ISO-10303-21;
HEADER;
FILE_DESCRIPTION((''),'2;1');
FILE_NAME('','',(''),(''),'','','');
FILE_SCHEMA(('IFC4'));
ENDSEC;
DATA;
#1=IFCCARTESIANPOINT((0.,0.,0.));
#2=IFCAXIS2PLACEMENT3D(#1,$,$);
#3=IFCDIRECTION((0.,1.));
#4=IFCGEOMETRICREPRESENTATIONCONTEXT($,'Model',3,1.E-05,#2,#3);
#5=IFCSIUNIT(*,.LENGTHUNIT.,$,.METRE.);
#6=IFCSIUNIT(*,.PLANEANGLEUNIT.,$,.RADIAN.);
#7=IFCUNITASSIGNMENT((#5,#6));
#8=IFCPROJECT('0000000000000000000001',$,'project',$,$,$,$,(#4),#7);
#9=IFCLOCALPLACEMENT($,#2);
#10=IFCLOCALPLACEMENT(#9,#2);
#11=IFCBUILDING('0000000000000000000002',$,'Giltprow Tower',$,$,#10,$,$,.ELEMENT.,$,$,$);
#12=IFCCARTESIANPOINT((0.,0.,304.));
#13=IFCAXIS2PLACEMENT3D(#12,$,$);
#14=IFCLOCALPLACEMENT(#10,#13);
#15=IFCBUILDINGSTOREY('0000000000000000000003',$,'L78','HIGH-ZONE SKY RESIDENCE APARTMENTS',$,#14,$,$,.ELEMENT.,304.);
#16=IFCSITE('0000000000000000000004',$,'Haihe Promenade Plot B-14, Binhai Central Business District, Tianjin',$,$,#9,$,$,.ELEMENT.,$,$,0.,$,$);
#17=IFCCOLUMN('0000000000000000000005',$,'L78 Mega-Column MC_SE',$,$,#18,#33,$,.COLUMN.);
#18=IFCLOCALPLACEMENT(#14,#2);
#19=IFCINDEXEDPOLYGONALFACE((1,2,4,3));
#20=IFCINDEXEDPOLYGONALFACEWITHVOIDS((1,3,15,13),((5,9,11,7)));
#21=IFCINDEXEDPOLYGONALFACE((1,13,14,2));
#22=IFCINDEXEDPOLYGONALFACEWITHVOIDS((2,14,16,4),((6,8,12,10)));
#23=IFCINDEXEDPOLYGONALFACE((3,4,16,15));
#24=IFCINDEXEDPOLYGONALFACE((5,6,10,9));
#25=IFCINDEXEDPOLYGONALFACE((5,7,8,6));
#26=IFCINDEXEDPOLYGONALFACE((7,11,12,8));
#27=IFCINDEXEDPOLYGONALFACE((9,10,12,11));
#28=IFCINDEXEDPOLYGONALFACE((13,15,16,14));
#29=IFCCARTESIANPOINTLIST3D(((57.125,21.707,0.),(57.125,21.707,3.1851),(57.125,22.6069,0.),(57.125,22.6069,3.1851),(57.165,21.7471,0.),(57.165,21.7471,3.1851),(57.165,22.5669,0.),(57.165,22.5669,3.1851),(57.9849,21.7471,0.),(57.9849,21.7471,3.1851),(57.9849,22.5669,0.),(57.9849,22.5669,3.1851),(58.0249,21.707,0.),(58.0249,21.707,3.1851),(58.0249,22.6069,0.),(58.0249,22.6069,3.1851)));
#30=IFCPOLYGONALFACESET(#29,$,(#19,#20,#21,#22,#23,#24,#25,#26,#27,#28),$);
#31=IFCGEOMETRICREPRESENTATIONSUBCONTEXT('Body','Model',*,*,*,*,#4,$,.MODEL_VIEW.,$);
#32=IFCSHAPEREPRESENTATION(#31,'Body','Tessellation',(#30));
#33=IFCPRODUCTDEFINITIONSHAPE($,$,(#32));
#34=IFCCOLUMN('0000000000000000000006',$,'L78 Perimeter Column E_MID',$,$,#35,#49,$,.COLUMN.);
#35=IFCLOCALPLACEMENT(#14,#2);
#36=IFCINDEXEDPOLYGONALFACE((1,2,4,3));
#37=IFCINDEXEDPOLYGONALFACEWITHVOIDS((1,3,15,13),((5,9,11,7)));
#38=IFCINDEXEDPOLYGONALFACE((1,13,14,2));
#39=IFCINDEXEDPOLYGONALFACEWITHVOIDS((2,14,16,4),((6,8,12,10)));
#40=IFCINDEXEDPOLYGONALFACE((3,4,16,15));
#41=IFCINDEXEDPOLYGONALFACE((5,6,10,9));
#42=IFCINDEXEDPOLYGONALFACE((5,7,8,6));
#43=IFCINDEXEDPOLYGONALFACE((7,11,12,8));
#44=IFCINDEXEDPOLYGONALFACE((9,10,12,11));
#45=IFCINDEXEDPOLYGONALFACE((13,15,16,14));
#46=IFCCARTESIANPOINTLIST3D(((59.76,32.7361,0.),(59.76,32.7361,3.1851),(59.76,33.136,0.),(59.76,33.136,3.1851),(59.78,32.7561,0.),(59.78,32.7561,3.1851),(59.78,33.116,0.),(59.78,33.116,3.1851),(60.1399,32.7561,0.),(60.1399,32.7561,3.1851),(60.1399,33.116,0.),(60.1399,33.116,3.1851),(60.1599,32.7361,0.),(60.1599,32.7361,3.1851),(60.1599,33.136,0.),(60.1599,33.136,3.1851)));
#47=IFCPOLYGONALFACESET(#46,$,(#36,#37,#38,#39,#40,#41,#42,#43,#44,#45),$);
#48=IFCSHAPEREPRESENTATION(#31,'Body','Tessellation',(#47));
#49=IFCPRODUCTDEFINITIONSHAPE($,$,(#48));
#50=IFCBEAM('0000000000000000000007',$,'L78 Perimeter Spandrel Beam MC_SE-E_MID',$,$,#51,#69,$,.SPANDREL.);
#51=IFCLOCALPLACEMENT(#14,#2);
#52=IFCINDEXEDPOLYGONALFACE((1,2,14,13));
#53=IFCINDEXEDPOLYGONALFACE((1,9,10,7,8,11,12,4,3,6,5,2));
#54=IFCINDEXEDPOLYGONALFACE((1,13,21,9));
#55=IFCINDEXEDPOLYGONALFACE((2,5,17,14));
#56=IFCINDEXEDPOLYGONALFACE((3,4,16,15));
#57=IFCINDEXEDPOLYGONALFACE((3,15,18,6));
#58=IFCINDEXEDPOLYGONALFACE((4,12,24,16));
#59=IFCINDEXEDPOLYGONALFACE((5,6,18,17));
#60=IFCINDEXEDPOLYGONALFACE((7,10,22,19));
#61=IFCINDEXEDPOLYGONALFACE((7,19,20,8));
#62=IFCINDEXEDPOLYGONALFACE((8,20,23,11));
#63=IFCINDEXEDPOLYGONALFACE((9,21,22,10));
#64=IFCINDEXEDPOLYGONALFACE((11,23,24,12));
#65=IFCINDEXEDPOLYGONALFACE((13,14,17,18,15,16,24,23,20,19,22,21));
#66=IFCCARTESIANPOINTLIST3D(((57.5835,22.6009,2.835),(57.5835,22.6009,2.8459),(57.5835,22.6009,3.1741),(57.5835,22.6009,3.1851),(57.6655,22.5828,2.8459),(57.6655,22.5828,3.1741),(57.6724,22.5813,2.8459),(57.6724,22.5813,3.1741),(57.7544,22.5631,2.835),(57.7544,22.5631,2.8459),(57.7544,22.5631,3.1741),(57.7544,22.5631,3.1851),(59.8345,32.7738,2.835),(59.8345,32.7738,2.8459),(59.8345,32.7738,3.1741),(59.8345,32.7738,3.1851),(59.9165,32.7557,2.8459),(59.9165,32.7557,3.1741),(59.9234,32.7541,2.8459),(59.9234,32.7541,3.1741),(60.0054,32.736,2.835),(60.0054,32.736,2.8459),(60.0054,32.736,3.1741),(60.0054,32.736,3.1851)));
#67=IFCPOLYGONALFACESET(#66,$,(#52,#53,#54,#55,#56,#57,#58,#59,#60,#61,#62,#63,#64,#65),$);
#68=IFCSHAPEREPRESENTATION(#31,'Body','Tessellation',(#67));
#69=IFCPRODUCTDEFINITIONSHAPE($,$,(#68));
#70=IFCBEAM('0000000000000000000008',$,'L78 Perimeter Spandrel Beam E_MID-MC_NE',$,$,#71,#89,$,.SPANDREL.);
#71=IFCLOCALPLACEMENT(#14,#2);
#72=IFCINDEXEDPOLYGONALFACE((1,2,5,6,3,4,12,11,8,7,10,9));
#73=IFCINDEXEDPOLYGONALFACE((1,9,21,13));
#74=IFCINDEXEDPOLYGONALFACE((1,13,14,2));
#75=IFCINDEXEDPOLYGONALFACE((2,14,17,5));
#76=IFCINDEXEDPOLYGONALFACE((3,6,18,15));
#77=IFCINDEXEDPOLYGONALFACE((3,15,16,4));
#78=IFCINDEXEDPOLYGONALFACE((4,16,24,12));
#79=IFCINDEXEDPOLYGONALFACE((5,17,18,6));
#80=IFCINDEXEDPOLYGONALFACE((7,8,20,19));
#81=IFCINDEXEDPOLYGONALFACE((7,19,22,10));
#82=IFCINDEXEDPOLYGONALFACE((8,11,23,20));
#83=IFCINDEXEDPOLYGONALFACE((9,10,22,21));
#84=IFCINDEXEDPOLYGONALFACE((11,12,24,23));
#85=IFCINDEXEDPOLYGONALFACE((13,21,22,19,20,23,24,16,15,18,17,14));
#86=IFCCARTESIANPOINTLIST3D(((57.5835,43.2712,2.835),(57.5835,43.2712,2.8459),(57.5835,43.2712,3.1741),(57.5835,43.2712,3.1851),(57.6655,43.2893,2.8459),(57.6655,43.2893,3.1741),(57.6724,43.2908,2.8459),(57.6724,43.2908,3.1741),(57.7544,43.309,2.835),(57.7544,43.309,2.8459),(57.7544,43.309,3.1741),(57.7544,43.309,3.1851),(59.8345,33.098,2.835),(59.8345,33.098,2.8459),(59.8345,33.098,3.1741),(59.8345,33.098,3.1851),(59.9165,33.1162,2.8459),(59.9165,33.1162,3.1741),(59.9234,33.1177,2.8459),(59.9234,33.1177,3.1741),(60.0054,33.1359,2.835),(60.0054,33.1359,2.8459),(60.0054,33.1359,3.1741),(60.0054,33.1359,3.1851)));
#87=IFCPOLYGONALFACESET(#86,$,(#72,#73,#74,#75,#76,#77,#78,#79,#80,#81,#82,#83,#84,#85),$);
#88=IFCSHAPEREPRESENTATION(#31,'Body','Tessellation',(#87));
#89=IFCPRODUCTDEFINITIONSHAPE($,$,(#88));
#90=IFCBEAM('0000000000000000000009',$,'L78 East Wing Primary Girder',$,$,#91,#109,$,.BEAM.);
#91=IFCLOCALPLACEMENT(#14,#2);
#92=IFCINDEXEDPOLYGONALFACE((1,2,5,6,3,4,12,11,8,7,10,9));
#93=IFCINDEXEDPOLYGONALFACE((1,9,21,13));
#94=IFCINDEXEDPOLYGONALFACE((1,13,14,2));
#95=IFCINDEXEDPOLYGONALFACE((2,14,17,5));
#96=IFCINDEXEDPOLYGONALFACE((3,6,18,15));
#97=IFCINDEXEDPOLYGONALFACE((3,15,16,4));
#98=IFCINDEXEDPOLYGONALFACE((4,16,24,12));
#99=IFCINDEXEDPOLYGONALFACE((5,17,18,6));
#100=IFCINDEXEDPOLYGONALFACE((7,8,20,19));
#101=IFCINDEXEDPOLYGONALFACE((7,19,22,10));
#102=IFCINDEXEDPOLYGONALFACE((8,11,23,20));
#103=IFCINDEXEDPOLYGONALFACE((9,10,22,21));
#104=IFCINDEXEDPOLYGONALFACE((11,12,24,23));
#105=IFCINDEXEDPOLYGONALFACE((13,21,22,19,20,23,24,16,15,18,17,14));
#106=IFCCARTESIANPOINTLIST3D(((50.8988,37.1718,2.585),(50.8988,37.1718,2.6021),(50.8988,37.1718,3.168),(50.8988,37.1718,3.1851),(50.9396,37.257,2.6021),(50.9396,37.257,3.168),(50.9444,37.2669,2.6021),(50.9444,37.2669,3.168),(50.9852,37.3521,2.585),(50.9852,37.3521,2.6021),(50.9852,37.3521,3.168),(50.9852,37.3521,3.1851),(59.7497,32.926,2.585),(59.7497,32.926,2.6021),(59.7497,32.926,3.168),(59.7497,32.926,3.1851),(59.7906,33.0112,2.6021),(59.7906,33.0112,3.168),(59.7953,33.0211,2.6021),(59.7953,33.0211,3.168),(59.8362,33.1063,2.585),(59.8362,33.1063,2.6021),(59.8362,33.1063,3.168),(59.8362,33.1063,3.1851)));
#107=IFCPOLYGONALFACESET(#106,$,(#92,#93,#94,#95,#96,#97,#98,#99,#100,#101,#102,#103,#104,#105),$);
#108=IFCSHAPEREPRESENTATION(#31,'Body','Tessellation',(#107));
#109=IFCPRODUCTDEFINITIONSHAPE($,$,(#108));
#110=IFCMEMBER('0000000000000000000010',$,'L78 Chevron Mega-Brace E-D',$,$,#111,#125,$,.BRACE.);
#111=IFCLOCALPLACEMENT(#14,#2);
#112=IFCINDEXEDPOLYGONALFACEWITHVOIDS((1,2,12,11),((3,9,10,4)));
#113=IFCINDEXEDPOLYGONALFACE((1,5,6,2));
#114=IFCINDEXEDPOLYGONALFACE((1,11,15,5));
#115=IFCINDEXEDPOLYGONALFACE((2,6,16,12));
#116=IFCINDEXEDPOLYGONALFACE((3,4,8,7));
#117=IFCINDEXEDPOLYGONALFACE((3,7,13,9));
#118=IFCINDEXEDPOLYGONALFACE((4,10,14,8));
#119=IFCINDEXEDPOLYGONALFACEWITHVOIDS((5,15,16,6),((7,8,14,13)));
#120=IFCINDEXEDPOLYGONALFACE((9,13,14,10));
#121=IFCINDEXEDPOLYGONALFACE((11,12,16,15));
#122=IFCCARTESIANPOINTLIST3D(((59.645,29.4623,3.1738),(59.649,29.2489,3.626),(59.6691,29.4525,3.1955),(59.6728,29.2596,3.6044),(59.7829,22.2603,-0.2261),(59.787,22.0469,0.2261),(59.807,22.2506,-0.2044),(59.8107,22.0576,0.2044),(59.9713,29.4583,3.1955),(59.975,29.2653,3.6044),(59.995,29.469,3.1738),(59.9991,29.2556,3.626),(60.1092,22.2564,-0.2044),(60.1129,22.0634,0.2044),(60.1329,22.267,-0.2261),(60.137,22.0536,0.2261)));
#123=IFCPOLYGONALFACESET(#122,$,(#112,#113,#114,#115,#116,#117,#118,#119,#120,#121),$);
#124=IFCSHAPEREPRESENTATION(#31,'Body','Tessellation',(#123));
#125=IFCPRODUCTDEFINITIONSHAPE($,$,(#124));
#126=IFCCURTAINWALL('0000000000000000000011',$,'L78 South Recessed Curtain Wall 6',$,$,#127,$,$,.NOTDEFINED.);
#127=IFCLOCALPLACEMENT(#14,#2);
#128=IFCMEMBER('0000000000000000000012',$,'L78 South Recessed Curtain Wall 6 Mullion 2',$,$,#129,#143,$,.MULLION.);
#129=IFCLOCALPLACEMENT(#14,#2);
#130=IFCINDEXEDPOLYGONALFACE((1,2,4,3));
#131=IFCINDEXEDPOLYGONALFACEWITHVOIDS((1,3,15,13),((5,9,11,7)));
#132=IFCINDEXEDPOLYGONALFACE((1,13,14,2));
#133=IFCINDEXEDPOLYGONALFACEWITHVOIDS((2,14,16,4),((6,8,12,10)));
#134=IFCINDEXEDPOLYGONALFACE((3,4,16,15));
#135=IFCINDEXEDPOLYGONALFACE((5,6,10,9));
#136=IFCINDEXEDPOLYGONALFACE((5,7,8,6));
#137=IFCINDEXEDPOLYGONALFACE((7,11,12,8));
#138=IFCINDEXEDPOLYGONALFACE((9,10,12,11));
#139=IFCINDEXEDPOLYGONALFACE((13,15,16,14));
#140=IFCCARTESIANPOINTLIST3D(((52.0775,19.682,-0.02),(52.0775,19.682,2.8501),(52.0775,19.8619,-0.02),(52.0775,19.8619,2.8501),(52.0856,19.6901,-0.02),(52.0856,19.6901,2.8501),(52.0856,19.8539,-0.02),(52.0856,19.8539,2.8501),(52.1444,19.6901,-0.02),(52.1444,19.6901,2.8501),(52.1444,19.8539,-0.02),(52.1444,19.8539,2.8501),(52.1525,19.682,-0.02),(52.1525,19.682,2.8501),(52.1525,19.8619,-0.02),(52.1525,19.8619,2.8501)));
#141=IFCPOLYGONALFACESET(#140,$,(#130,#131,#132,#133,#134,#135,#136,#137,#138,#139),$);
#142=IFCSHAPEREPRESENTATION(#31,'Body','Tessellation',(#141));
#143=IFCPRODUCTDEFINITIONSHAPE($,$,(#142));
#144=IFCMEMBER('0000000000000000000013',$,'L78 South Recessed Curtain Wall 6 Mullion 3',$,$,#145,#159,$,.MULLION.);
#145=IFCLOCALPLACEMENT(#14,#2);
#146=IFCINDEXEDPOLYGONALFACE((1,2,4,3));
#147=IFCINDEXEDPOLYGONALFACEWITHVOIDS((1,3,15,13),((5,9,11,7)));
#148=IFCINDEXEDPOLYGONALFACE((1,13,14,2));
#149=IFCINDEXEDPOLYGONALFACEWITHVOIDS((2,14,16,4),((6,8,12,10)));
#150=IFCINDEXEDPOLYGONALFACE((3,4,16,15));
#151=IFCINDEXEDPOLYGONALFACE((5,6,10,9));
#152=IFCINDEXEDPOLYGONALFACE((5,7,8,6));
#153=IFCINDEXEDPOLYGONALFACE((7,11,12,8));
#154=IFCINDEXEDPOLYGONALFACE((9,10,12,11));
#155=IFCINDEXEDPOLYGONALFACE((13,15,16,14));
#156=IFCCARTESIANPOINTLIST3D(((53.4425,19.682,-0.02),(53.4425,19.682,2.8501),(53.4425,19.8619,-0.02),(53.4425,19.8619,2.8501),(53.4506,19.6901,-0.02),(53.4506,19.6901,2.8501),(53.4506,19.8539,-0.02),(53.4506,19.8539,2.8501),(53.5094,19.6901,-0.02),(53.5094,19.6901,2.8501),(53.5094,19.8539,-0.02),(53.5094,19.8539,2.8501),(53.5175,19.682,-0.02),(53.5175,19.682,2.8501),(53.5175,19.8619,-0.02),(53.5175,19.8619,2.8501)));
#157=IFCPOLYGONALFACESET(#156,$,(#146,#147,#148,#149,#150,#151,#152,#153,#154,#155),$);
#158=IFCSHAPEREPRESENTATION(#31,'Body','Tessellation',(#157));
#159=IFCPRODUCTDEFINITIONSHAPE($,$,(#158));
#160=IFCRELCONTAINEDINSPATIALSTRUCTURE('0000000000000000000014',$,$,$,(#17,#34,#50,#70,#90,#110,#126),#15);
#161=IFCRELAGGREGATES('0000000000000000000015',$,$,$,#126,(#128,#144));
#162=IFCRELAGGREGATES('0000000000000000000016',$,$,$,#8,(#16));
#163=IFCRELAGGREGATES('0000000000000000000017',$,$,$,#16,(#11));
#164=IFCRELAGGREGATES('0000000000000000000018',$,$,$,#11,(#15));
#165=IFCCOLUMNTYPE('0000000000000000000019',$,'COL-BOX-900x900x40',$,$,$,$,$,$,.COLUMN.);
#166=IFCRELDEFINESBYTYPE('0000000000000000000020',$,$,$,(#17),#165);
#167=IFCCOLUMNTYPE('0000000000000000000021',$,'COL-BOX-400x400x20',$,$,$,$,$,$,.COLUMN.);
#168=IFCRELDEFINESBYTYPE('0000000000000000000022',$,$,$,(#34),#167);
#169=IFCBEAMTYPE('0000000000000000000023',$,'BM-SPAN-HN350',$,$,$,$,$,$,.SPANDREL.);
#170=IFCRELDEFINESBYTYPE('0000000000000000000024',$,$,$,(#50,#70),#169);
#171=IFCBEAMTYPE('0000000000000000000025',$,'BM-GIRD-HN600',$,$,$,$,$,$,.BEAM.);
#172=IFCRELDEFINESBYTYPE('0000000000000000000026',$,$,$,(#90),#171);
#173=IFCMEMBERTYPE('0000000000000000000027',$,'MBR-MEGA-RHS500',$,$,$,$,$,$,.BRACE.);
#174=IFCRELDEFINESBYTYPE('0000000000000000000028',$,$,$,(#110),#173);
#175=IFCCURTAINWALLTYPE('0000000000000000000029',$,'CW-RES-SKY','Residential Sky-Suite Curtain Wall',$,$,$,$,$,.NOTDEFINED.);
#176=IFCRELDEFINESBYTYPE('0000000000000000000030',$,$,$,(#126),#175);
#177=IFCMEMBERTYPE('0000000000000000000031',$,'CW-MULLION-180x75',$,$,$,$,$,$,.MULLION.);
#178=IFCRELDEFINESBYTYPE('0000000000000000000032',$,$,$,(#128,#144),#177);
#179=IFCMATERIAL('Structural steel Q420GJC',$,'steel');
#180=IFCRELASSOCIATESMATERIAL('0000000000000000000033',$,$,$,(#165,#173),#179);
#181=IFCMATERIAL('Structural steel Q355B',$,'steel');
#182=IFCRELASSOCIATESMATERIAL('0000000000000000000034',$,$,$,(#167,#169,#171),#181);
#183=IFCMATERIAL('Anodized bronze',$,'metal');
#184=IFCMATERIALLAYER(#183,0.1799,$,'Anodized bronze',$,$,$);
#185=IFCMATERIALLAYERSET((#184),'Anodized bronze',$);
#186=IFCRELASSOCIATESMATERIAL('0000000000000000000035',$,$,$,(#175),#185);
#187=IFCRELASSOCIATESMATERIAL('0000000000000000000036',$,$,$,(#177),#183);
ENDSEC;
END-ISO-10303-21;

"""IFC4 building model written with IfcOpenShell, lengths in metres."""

from ifc_helpers import new_model, si_unit, direction, frame, origin, origin_2d, place, context, subcontext, project, spatial, hollow_rectangle, i_section, extrude, source, transform, mapped, material, layer, layer_set, material_profile, profile_set, type_object, element, aggregate, save


model = new_model("IFC4")

# Units and contexts
model_context = context("Model", 3, precision=1e-05, world=origin(), true_north=direction((0.0, 1.0)))
body_context = subcontext(model_context, "Body", "Model", "MODEL_VIEW")
ifc_project = project(units=[si_unit("LENGTHUNIT", "METRE"), si_unit("PLANEANGLEUNIT", "RADIAN")], contexts=[model_context])

# Site, building, storey
site_placement = place(None, origin())
site = spatial("IfcSite", under=ifc_project, at=site_placement, Name="Haihe Promenade Plot B-14, Binhai Central Business District, Tianjin", CompositionType="ELEMENT", RefElevation=0.0)
building_placement = place(site_placement, origin())
building = spatial("IfcBuilding", under=site, at=building_placement, Name="Giltprow Tower", CompositionType="ELEMENT")
storey_placement = place(building_placement, frame((0.0, 0.0, 304.0)))
storey = spatial("IfcBuildingStorey", under=building, at=storey_placement, Name="L78", Description="HIGH-ZONE SKY RESIDENCE APARTMENTS", CompositionType="ELEMENT", Elevation=304.0)

# Columns
ifc_material_1 = material(Name="Structural steel Q420GJC", Category="steel")
ifc_material_profile_1 = material_profile(ifc_material_1, hollow_rectangle(XDim=0.8999, YDim=0.8999, WallThickness=0.04, at=origin_2d()), Name="BOX 900x900x40")
ifc_profile_set_1 = profile_set([ifc_material_profile_1], Name="Structural steel Q420GJC")
column_type_1 = type_object("IfcColumnType", Name="COL-BOX-900x900x40", PredefinedType="COLUMN", material=ifc_profile_set_1)
shared_shape_1 = source(origin(), body_context, "Body", "SweptSolid", [
    extrude(hollow_rectangle(XDim=0.8999, YDim=0.8999, WallThickness=0.04, at=origin_2d()), origin(), (0.0, 0.0, 1.0), 3.1851),
])
column_1_placement = place(storey_placement, frame((57.575, 22.157, 0.0), z_axis=(0.0, 0.0, 1.0), x_axis=(1.0, 0.0, 0.0)))
element("IfcColumn", 1, at=column_1_placement, inside=storey, type_object=column_type_1, Name="L78 Mega-Column MC_SE", PredefinedType="COLUMN", context=body_context, shape_type="MappedRepresentation", body=[
    mapped(shared_shape_1, transform((0.0, 0.0, 0.0), x_axis=(1.0, 0.0, 0.0), y_axis=(0.0, 1.0, 0.0), z_axis=(0.0, 0.0, 1.0), scale=1.0)),
])
ifc_material_2 = material(Name="Structural steel Q355B", Category="steel")
ifc_material_profile_2 = material_profile(ifc_material_2, hollow_rectangle(XDim=0.3999, YDim=0.3999, WallThickness=0.02, at=origin_2d()), Name="BOX 400x400x20")
ifc_profile_set_2 = profile_set([ifc_material_profile_2], Name="Structural steel Q355B")
column_type_2 = type_object("IfcColumnType", Name="COL-BOX-400x400x20", PredefinedType="COLUMN", material=ifc_profile_set_2)
shared_shape_2 = source(origin(), body_context, "Body", "SweptSolid", [
    extrude(hollow_rectangle(XDim=0.3999, YDim=0.3999, WallThickness=0.02, at=origin_2d()), origin(), (0.0, 0.0, 1.0), 3.1851),
])
column_2_placement = place(storey_placement, frame((59.96, 32.936, 0.0), z_axis=(0.0, 0.0, 1.0), x_axis=(1.0, 0.0, 0.0)))
element("IfcColumn", 2, at=column_2_placement, inside=storey, type_object=column_type_2, Name="L78 Perimeter Column E_MID", PredefinedType="COLUMN", context=body_context, shape_type="MappedRepresentation", body=[
    mapped(shared_shape_2, transform((0.0, 0.0, 0.0), x_axis=(1.0, 0.0, 0.0), y_axis=(0.0, 1.0, 0.0), z_axis=(0.0, 0.0, 1.0), scale=1.0)),
])

# Beams
ifc_material_profile_3 = material_profile(ifc_material_2, i_section(OverallWidth=0.175, OverallDepth=0.3501, WebThickness=0.0071, FlangeThickness=0.011, at=origin_2d()), Name="HN 350x175x7x11")
ifc_profile_set_3 = profile_set([ifc_material_profile_3], Name="Structural steel Q355B")
beam_type_1 = type_object("IfcBeamType", Name="BM-SPAN-HN350", PredefinedType="SPANDREL", material=ifc_profile_set_3)
shared_shape_3 = source(origin(), body_context, "Body", "SweptSolid", [
    extrude(i_section(OverallWidth=0.175, OverallDepth=0.3501, WebThickness=0.0071, FlangeThickness=0.011, at=origin_2d()), origin(), (0.0, 0.0, 1.0), 10.4189),
])
beam_1_placement = place(storey_placement, frame((57.6689, 22.582, 3.01), z_axis=(0.216047, 0.976383, 0.0), x_axis=(-0.976383, 0.216047, 0.0)))
element("IfcBeam", 3, at=beam_1_placement, inside=storey, type_object=beam_type_1, Name="L78 Perimeter Spandrel Beam MC_SE-E_MID", PredefinedType="SPANDREL", context=body_context, shape_type="MappedRepresentation", body=[
    mapped(shared_shape_3, transform((0.0, 0.0, 0.0), x_axis=(1.0, 0.0, 0.0), y_axis=(0.0, 1.0, 0.0), z_axis=(0.0, 0.0, 1.0), scale=1.0)),
])
shared_shape_4 = source(origin(), body_context, "Body", "SweptSolid", [
    extrude(i_section(OverallWidth=0.175, OverallDepth=0.3501, WebThickness=0.0071, FlangeThickness=0.011, at=origin_2d()), origin(), (0.0, 0.0, 1.0), 10.4192),
])
beam_2_placement = place(storey_placement, frame((59.9199, 33.1169, 3.01), z_axis=(-0.216042, 0.976384, 0.0), x_axis=(-0.976384, -0.216042, 0.0)))
element("IfcBeam", 4, at=beam_2_placement, inside=storey, type_object=beam_type_1, Name="L78 Perimeter Spandrel Beam E_MID-MC_NE", PredefinedType="SPANDREL", context=body_context, shape_type="MappedRepresentation", body=[
    mapped(shared_shape_4, transform((0.0, 0.0, 0.0), x_axis=(1.0, 0.0, 0.0), y_axis=(0.0, 1.0, 0.0), z_axis=(0.0, 0.0, 1.0), scale=1.0)),
])
ifc_material_profile_4 = material_profile(ifc_material_2, i_section(OverallWidth=0.2, OverallDepth=0.6001, WebThickness=0.011, FlangeThickness=0.0171, at=origin_2d()), Name="HN 600x200x11x17")
ifc_profile_set_4 = profile_set([ifc_material_profile_4], Name="Structural steel Q355B")
beam_type_2 = type_object("IfcBeamType", Name="BM-GIRD-HN600", PredefinedType="BEAM", material=ifc_profile_set_4)
shared_shape_5 = source(origin(), body_context, "Body", "SweptSolid", [
    extrude(i_section(OverallWidth=0.2, OverallDepth=0.6001, WebThickness=0.011, FlangeThickness=0.0171, at=origin_2d()), origin(), (0.0, 0.0, 1.0), 9.8167),
])
beam_3_placement = place(storey_placement, frame((59.793, 33.0161, 2.885), z_axis=(-0.901629, 0.43251, 0.0), x_axis=(-0.43251, -0.901629, 0.0)))
element("IfcBeam", 5, at=beam_3_placement, inside=storey, type_object=beam_type_2, Name="L78 East Wing Primary Girder", PredefinedType="BEAM", context=body_context, shape_type="MappedRepresentation", body=[
    mapped(shared_shape_5, transform((0.0, 0.0, 0.0), x_axis=(1.0, 0.0, 0.0), y_axis=(0.0, 1.0, 0.0), z_axis=(0.0, 0.0, 1.0), scale=1.0)),
])

# Member
ifc_material_profile_5 = material_profile(ifc_material_1, hollow_rectangle(XDim=0.3501, YDim=0.5, WallThickness=0.0239, at=origin_2d()), Name="RHS 500x350x24")
ifc_profile_set_5 = profile_set([ifc_material_profile_5], Name="Structural steel Q420GJC")
member_type_1 = type_object("IfcMemberType", Name="MBR-MEGA-RHS500", PredefinedType="BRACE", material=ifc_profile_set_5)
shared_shape_6 = source(origin(), body_context, "Body", "SweptSolid", [
    extrude(hollow_rectangle(XDim=0.3501, YDim=0.5, WallThickness=0.0239, at=origin_2d()), origin(), (0.0, 0.0, 1.0), 7.9653),
])
member_1_placement = place(storey_placement, frame((59.96, 22.157, 0.0), z_axis=(-0.017318, 0.904161, 0.42684), x_axis=(-0.999817, -0.01915, 0.0)))
element("IfcMember", 6, at=member_1_placement, inside=storey, type_object=member_type_1, Name="L78 Chevron Mega-Brace E-D", PredefinedType="BRACE", context=body_context, shape_type="MappedRepresentation", body=[
    mapped(shared_shape_6, transform((0.0, 0.0, 0.0), x_axis=(1.0, 0.0, 0.0), y_axis=(0.0, 1.0, 0.0), z_axis=(0.0, 0.0, 1.0), scale=1.0)),
])

# Curtain wall, members
ifc_material_3 = material(Name="Anodized bronze", Category="metal")
ifc_layer_1 = layer(ifc_material_3, 0.1799, Name="Anodized bronze")
ifc_layer_set_1 = layer_set([ifc_layer_1], Name="Anodized bronze")
curtain_wall_type = type_object("IfcCurtainWallType", Name="CW-RES-SKY", Description="Residential Sky-Suite Curtain Wall", PredefinedType="NOTDEFINED", material=ifc_layer_set_1)
curtain_wall_placement = place(storey_placement, origin())
curtain_wall = element("IfcCurtainWall", 7, at=curtain_wall_placement, inside=storey, type_object=curtain_wall_type, Name="L78 South Recessed Curtain Wall 6", PredefinedType="NOTDEFINED")
ifc_material_profile_6 = material_profile(ifc_material_3, hollow_rectangle(XDim=0.075, YDim=0.1799, WallThickness=0.0081, at=origin_2d()), Name="RHS 180x75x8")
ifc_profile_set_6 = profile_set([ifc_material_profile_6], Name="Anodized bronze")
member_type_2 = type_object("IfcMemberType", Name="CW-MULLION-180x75", PredefinedType="MULLION", material=ifc_profile_set_6)
shared_shape_7 = source(origin(), body_context, "Body", "SweptSolid", [
    extrude(hollow_rectangle(XDim=0.075, YDim=0.1799, WallThickness=0.0081, at=origin_2d()), origin(), (0.0, 0.0, 1.0), 2.8701),
])
member_2_placement = place(storey_placement, frame((52.115, 19.772, -0.02), z_axis=(0.0, 0.0, 1.0), x_axis=(1.0, 0.0, 0.0)))
member_2 = element("IfcMember", 8, at=member_2_placement, type_object=member_type_2, Name="L78 South Recessed Curtain Wall 6 Mullion 2", PredefinedType="MULLION", context=body_context, shape_type="MappedRepresentation", body=[
    mapped(shared_shape_7, transform((0.0, 0.0, 0.0), x_axis=(1.0, 0.0, 0.0), y_axis=(0.0, 1.0, 0.0), z_axis=(0.0, 0.0, 1.0), scale=1.0)),
])
member_3_placement = place(storey_placement, frame((53.48, 19.772, -0.02), z_axis=(0.0, 0.0, 1.0), x_axis=(1.0, 0.0, 0.0)))
member_3 = element("IfcMember", 9, at=member_3_placement, type_object=member_type_2, Name="L78 South Recessed Curtain Wall 6 Mullion 3", PredefinedType="MULLION", context=body_context, shape_type="MappedRepresentation", body=[
    mapped(shared_shape_7, transform((0.0, 0.0, 0.0), x_axis=(1.0, 0.0, 0.0), y_axis=(0.0, 1.0, 0.0), z_axis=(0.0, 0.0, 1.0), scale=1.0)),
])

aggregate(curtain_wall, [member_2, member_3])

save(model, "model.ifc")
